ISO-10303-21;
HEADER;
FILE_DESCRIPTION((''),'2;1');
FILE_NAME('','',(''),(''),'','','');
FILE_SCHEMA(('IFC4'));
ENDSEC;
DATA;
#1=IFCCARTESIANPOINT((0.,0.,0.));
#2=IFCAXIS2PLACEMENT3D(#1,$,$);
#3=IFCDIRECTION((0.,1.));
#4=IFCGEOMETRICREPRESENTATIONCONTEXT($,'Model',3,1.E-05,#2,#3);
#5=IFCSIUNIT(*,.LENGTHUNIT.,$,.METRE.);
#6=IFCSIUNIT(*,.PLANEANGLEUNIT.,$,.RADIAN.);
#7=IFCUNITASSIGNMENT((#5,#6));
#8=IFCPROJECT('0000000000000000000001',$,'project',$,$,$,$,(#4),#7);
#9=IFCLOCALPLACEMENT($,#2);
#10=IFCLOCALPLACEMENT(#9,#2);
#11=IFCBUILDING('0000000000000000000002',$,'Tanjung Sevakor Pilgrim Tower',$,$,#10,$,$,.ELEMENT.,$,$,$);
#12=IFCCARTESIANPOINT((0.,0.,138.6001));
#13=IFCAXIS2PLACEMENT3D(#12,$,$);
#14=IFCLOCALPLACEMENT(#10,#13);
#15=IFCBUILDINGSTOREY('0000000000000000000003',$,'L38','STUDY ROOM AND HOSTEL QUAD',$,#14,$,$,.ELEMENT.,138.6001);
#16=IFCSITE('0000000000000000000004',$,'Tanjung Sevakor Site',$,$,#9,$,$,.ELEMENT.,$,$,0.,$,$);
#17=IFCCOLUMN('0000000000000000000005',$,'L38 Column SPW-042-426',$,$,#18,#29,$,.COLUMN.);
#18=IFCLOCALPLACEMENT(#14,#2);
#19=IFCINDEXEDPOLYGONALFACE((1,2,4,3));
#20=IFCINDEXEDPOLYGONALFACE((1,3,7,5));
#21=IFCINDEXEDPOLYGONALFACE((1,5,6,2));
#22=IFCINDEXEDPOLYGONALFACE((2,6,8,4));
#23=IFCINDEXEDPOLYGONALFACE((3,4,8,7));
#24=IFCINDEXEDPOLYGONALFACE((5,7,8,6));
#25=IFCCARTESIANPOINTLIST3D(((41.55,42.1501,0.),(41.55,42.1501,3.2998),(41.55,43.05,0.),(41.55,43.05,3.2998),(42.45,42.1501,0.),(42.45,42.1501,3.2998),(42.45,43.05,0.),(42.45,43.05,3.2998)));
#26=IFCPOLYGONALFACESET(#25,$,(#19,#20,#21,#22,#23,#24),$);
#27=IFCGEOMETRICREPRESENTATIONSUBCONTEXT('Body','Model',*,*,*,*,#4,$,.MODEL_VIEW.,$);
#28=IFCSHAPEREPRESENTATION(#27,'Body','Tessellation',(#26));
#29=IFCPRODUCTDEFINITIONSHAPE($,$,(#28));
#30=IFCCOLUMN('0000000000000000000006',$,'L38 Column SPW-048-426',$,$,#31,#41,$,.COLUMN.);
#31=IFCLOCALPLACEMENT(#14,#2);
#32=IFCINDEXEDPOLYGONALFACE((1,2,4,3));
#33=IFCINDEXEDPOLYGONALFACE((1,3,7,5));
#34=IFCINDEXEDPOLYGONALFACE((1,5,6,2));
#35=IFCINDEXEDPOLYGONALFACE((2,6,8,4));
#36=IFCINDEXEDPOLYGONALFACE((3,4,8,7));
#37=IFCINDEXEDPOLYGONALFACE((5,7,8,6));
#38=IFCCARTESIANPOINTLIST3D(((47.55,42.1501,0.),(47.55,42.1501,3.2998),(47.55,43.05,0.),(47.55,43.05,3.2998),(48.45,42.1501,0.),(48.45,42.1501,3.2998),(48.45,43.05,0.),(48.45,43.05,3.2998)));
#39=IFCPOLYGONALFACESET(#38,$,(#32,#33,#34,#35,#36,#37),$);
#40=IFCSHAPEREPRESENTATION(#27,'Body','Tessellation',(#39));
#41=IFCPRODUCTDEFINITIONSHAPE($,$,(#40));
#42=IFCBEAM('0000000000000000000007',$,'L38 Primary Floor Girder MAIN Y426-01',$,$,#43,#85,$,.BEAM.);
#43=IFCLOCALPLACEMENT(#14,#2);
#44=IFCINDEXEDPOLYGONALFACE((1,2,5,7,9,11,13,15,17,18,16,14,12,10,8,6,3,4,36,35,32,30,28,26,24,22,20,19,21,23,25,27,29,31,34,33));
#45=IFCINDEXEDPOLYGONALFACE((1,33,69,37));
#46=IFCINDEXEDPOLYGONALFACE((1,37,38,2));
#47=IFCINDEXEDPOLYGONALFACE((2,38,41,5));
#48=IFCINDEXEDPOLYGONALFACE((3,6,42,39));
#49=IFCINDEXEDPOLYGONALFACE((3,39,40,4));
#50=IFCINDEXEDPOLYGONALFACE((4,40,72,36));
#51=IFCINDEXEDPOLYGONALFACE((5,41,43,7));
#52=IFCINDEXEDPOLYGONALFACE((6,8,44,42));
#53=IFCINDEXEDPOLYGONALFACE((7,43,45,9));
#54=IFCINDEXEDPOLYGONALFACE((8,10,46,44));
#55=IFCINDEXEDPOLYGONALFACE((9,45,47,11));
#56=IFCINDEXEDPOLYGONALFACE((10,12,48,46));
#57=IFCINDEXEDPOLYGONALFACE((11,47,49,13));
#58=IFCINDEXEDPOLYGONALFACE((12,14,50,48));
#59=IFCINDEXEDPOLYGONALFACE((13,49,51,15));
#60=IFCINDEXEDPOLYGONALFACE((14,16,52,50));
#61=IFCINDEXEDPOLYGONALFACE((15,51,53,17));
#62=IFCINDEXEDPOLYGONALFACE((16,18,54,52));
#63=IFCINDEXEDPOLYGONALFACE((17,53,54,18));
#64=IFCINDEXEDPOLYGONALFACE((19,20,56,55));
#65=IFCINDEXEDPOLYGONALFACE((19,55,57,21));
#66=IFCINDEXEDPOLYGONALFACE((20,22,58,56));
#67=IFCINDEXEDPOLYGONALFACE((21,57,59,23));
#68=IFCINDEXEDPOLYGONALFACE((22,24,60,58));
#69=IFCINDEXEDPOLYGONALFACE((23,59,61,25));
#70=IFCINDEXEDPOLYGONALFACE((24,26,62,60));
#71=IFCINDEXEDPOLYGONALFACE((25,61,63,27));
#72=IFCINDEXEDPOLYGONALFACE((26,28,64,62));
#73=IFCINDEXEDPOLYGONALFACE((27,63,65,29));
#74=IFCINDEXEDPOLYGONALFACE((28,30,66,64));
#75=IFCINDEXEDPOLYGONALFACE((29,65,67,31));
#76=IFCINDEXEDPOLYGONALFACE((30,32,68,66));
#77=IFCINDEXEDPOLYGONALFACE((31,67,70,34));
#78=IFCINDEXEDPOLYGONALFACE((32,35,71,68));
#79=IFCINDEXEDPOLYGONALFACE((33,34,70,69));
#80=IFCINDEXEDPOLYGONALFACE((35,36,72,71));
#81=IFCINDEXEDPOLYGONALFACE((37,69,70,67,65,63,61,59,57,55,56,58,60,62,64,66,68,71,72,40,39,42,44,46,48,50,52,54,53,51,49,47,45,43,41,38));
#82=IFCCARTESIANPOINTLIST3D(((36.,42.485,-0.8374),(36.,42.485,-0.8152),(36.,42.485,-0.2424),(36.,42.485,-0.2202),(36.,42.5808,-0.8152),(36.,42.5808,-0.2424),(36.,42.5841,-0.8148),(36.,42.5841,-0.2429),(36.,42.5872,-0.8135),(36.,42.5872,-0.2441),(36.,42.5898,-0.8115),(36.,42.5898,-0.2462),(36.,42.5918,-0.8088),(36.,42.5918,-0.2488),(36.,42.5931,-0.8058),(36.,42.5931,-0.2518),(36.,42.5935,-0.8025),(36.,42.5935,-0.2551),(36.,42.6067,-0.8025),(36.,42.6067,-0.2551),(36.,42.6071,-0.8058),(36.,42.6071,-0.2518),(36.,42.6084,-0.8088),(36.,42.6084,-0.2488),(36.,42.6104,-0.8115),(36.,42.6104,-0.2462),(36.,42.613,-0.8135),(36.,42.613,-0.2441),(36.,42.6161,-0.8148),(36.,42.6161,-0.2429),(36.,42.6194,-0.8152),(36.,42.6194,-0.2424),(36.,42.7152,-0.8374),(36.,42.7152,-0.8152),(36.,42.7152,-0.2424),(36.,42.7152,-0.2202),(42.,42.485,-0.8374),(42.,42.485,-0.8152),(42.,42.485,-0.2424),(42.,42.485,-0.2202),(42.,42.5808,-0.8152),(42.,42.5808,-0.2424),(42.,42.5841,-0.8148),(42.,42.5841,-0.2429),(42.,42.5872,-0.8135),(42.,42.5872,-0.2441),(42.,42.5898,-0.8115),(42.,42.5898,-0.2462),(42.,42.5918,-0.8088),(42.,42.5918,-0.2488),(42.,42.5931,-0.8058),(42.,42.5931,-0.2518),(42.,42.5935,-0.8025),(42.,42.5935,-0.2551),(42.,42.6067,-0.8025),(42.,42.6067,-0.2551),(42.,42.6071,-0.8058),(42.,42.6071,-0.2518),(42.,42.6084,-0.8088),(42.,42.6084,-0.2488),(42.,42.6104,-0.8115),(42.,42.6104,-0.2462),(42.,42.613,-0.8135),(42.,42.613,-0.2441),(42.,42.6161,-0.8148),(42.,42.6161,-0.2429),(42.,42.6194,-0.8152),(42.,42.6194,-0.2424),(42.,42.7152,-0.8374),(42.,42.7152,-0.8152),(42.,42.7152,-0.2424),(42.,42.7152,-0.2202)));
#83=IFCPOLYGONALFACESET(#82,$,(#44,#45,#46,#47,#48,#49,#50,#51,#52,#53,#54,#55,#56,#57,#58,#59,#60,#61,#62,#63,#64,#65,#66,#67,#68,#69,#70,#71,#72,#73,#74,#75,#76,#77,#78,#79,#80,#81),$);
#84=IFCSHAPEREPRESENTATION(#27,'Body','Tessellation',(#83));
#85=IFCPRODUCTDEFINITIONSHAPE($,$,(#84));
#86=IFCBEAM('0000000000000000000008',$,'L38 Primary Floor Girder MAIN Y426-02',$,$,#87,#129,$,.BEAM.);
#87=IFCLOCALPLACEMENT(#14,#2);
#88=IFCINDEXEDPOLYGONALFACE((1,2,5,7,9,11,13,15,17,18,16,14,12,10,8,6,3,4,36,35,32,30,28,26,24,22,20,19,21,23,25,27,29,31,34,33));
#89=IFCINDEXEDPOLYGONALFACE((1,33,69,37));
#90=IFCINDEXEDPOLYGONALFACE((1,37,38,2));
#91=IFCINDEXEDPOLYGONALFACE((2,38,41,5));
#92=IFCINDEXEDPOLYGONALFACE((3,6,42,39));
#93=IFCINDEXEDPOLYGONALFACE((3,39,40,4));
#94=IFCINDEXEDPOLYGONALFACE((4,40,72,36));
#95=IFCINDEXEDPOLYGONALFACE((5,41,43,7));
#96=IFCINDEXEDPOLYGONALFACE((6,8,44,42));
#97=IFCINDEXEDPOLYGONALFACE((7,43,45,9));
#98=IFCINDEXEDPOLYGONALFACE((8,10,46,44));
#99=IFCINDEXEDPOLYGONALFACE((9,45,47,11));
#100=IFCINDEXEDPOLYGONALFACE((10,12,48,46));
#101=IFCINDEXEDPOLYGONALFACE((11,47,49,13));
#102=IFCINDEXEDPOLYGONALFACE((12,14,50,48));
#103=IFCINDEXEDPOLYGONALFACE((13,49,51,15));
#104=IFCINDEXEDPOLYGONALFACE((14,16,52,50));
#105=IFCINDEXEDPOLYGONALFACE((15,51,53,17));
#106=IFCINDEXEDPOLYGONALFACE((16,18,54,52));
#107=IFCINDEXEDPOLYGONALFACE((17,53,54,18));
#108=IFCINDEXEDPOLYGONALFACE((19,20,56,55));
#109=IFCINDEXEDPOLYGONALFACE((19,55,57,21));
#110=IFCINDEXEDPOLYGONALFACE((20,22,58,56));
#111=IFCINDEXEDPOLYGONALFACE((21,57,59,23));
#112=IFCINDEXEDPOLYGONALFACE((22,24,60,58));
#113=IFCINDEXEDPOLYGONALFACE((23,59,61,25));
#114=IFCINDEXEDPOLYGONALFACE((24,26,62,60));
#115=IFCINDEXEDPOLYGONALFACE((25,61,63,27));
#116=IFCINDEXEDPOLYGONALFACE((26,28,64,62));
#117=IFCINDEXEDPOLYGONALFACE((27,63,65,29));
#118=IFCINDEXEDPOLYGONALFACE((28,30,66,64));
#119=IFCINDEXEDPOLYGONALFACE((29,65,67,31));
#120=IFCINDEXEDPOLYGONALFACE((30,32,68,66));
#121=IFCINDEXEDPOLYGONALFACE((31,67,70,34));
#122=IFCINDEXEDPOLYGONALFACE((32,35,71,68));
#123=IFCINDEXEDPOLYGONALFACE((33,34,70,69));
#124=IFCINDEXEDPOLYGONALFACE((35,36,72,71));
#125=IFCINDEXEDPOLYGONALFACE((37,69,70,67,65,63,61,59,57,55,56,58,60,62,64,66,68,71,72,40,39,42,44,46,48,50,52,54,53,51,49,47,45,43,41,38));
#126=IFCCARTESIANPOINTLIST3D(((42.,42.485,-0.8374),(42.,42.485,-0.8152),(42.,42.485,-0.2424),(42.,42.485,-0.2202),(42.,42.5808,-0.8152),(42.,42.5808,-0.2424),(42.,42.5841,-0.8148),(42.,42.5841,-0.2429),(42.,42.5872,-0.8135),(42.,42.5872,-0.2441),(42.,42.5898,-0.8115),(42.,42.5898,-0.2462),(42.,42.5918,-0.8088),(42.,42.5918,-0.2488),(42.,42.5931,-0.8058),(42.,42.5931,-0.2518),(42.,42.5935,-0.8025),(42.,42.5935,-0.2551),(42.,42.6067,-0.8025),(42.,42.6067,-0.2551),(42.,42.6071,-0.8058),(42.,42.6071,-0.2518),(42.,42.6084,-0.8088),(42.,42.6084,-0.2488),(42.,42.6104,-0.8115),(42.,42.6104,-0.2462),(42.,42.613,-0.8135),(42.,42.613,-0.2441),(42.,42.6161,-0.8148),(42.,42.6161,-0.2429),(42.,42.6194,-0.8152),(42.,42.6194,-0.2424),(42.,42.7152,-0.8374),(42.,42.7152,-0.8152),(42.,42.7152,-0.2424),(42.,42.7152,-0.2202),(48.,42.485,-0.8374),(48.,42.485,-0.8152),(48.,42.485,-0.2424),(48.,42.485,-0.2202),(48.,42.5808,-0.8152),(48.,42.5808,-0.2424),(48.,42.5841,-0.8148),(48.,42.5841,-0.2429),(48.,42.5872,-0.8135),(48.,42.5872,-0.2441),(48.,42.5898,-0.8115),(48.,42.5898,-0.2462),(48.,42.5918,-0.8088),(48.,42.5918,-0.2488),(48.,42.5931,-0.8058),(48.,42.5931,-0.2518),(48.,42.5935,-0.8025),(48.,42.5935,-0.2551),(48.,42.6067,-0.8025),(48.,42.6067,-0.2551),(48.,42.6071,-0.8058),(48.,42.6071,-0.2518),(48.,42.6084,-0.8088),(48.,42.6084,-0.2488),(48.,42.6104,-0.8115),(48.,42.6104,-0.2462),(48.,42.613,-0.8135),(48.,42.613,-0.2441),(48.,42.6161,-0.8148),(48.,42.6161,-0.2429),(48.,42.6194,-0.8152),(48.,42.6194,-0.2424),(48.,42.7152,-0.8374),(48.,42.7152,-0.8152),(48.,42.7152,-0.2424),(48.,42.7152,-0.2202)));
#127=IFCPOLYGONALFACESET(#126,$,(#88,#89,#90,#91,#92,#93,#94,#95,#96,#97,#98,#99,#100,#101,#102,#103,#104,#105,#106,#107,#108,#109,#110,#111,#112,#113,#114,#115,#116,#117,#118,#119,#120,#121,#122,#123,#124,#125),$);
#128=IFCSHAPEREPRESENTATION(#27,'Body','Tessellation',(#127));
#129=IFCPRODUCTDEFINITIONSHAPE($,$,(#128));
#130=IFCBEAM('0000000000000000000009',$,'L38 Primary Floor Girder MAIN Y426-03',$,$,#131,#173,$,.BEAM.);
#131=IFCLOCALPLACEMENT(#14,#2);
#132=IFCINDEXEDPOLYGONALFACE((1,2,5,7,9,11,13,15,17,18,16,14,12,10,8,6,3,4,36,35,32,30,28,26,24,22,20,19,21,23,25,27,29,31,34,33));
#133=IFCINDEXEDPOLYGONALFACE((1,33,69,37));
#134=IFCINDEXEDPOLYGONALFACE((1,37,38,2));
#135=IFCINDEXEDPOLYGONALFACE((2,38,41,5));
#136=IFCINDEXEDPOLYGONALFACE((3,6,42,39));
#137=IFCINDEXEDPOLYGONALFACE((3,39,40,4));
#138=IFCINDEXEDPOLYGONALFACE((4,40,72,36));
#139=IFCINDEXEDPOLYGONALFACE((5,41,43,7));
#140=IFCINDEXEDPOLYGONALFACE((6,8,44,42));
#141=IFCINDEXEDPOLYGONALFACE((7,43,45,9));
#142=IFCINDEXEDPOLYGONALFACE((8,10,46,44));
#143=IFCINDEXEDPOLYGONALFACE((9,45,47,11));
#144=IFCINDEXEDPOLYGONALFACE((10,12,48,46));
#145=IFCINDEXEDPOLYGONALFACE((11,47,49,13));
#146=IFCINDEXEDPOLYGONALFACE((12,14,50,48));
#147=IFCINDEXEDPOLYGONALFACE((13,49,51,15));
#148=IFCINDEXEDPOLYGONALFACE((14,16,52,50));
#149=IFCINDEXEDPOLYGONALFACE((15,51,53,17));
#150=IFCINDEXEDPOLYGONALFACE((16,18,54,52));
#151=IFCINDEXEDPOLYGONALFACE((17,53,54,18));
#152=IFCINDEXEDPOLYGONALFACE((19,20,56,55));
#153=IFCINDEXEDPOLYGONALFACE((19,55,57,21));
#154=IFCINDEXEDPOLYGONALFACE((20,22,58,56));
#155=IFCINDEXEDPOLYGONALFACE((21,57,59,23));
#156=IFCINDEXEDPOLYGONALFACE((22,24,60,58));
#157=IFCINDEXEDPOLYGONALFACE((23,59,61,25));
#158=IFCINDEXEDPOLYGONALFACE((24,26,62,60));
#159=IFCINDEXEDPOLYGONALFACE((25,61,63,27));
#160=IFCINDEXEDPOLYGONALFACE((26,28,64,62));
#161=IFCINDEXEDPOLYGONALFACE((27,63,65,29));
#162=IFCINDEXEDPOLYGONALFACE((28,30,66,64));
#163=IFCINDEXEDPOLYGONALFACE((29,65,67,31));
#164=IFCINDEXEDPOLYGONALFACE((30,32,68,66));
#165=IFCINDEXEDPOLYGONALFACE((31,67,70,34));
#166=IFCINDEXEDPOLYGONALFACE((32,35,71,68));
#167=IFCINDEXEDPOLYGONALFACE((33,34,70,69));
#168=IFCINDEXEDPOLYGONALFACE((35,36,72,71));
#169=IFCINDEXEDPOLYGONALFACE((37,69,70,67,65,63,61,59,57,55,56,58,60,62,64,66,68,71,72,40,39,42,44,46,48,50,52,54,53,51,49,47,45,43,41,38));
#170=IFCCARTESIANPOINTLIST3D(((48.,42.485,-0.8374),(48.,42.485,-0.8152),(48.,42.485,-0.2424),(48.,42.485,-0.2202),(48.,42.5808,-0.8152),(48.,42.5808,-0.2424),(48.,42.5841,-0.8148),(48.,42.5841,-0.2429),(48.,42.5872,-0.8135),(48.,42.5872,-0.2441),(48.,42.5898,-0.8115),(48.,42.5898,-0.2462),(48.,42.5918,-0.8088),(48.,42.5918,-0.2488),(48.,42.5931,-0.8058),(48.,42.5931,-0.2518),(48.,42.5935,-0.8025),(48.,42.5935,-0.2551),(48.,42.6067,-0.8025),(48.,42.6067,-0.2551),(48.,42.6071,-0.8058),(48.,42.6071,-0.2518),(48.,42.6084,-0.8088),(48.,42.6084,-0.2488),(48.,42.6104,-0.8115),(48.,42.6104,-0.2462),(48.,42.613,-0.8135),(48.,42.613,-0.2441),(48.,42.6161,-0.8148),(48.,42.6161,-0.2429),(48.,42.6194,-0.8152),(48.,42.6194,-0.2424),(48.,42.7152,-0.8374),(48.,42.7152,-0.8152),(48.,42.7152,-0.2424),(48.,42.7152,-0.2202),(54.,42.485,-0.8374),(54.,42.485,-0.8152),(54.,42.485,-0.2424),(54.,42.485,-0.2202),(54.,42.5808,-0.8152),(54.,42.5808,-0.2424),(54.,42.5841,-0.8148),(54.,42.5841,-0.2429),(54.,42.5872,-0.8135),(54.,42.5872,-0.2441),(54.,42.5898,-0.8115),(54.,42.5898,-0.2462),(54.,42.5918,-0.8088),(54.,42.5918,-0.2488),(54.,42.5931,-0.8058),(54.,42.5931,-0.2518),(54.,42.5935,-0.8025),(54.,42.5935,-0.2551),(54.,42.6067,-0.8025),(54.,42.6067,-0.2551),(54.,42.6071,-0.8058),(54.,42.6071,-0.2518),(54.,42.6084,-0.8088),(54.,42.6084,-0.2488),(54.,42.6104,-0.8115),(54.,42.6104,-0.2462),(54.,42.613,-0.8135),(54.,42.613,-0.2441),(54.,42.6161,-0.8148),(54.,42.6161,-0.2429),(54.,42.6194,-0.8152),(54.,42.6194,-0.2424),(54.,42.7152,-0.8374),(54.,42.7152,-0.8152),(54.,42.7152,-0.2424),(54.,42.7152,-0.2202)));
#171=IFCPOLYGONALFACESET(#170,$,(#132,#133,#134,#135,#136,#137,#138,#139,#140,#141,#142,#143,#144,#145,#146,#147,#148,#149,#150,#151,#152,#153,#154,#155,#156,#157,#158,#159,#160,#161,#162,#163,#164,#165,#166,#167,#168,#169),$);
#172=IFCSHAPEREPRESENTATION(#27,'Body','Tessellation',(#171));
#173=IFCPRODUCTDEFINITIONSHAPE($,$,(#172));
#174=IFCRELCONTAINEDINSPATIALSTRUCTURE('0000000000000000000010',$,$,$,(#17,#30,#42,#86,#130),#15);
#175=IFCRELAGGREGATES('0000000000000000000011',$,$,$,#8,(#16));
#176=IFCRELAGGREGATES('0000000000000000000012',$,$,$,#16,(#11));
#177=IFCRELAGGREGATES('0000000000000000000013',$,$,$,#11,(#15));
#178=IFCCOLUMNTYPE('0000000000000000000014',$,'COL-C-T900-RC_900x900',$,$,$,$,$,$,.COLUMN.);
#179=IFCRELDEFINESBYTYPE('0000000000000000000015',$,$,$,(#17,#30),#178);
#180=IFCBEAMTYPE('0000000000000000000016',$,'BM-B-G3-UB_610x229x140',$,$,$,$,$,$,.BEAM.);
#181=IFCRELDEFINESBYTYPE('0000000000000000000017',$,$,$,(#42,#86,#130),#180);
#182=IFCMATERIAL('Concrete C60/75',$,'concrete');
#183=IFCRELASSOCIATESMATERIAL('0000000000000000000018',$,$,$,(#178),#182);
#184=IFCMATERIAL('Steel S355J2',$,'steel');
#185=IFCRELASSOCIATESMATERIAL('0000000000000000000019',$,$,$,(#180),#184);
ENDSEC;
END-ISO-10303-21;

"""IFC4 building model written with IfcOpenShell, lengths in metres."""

from ifc_helpers import new_model, si_unit, direction, frame, origin, origin_2d, place, context, subcontext, project, spatial, rectangle, i_section, extrude, material, material_profile, profile_set, type_object, element, save


model = new_model("IFC4")

# Units and contexts
model_context = context("Model", 3, precision=1e-05, world=origin(), true_north=direction((0.0, 1.0)))
body_context = subcontext(model_context, "Body", "Model", "MODEL_VIEW")
ifc_project = project(units=[si_unit("LENGTHUNIT", "METRE"), si_unit("PLANEANGLEUNIT", "RADIAN")], contexts=[model_context])

# Site, building, storey
site_placement = place(None, origin())
site = spatial("IfcSite", under=ifc_project, at=site_placement, Name="Tanjung Sevakor Site", CompositionType="ELEMENT", RefElevation=0.0)
building_placement = place(site_placement, origin())
building = spatial("IfcBuilding", under=site, at=building_placement, Name="Tanjung Sevakor Pilgrim Tower", CompositionType="ELEMENT")
storey_placement = place(building_placement, frame((0.0, 0.0, 138.6001)))
storey = spatial("IfcBuildingStorey", under=building, at=storey_placement, Name="L38", Description="STUDY ROOM AND HOSTEL QUAD", CompositionType="ELEMENT", Elevation=138.6001)

# Columns
ifc_material_1 = material(Name="Concrete C60/75", Category="concrete")
ifc_material_profile_1 = material_profile(ifc_material_1, rectangle(XDim=0.8999, YDim=0.8999, at=origin_2d()))
ifc_profile_set_1 = profile_set([ifc_material_profile_1], Name="Concrete C60/75")
column_type = type_object("IfcColumnType", Name="COL-C-T900-RC_900x900", PredefinedType="COLUMN", material=ifc_profile_set_1)
for number, where, z_axis, x_axis, name in (
    (1, (42.0, 42.6001, 0.0), (0.0, 0.0, 1.0), (1.0, 0.0, 0.0), "L38 Column SPW-042-426"),
    (2, (48.0, 42.6001, 0.0), (0.0, 0.0, 1.0), (1.0, 0.0, 0.0), "L38 Column SPW-048-426"),
):
    element("IfcColumn", number, at=place(storey_placement, frame(where, z_axis=z_axis, x_axis=x_axis)), inside=storey, type_object=column_type, Name=name, PredefinedType="COLUMN", context=body_context, shape_type="SweptSolid", body=[
        extrude(rectangle(XDim=0.8999, YDim=0.8999, at=origin_2d()), origin(), (0.0, 0.0, 1.0), 3.2998),
    ])

# Beams
ifc_material_2 = material(Name="Steel S355J2", Category="steel")
ifc_material_profile_2 = material_profile(ifc_material_2, i_section(OverallWidth=0.2302, OverallDepth=0.6172, WebThickness=0.0132, FlangeThickness=0.0222, FilletRadius=0.0127, at=origin_2d()))
ifc_profile_set_2 = profile_set([ifc_material_profile_2], Name="Steel S355J2")
beam_type_1 = type_object("IfcBeamType", Name="BM-B-G3-UB_610x229x140", PredefinedType="BEAM", material=ifc_profile_set_2)
for number, where, z_axis, x_axis, name in (
    (3, (36.0, 42.6001, -0.5288), (1.0, 0.0, 0.0), (0.0, 1.0, 0.0), "L38 Primary Floor Girder MAIN Y426-01"),
    (4, (42.0, 42.6001, -0.5288), (1.0, 0.0, 0.0), (0.0, 1.0, 0.0), "L38 Primary Floor Girder MAIN Y426-02"),
    (5, (48.0, 42.6001, -0.5288), (1.0, 0.0, 0.0), (0.0, 1.0, 0.0), "L38 Primary Floor Girder MAIN Y426-03"),
):
    element("IfcBeam", number, at=place(storey_placement, frame(where, z_axis=z_axis, x_axis=x_axis)), inside=storey, type_object=beam_type_1, Name=name, PredefinedType="BEAM", context=body_context, shape_type="SweptSolid", body=[
        extrude(i_section(OverallWidth=0.2302, OverallDepth=0.6172, WebThickness=0.0132, FlangeThickness=0.0222, FilletRadius=0.0127, at=origin_2d()), origin(), (0.0, 0.0, 1.0), 6.0),
    ])

save(model, "model.ifc")
